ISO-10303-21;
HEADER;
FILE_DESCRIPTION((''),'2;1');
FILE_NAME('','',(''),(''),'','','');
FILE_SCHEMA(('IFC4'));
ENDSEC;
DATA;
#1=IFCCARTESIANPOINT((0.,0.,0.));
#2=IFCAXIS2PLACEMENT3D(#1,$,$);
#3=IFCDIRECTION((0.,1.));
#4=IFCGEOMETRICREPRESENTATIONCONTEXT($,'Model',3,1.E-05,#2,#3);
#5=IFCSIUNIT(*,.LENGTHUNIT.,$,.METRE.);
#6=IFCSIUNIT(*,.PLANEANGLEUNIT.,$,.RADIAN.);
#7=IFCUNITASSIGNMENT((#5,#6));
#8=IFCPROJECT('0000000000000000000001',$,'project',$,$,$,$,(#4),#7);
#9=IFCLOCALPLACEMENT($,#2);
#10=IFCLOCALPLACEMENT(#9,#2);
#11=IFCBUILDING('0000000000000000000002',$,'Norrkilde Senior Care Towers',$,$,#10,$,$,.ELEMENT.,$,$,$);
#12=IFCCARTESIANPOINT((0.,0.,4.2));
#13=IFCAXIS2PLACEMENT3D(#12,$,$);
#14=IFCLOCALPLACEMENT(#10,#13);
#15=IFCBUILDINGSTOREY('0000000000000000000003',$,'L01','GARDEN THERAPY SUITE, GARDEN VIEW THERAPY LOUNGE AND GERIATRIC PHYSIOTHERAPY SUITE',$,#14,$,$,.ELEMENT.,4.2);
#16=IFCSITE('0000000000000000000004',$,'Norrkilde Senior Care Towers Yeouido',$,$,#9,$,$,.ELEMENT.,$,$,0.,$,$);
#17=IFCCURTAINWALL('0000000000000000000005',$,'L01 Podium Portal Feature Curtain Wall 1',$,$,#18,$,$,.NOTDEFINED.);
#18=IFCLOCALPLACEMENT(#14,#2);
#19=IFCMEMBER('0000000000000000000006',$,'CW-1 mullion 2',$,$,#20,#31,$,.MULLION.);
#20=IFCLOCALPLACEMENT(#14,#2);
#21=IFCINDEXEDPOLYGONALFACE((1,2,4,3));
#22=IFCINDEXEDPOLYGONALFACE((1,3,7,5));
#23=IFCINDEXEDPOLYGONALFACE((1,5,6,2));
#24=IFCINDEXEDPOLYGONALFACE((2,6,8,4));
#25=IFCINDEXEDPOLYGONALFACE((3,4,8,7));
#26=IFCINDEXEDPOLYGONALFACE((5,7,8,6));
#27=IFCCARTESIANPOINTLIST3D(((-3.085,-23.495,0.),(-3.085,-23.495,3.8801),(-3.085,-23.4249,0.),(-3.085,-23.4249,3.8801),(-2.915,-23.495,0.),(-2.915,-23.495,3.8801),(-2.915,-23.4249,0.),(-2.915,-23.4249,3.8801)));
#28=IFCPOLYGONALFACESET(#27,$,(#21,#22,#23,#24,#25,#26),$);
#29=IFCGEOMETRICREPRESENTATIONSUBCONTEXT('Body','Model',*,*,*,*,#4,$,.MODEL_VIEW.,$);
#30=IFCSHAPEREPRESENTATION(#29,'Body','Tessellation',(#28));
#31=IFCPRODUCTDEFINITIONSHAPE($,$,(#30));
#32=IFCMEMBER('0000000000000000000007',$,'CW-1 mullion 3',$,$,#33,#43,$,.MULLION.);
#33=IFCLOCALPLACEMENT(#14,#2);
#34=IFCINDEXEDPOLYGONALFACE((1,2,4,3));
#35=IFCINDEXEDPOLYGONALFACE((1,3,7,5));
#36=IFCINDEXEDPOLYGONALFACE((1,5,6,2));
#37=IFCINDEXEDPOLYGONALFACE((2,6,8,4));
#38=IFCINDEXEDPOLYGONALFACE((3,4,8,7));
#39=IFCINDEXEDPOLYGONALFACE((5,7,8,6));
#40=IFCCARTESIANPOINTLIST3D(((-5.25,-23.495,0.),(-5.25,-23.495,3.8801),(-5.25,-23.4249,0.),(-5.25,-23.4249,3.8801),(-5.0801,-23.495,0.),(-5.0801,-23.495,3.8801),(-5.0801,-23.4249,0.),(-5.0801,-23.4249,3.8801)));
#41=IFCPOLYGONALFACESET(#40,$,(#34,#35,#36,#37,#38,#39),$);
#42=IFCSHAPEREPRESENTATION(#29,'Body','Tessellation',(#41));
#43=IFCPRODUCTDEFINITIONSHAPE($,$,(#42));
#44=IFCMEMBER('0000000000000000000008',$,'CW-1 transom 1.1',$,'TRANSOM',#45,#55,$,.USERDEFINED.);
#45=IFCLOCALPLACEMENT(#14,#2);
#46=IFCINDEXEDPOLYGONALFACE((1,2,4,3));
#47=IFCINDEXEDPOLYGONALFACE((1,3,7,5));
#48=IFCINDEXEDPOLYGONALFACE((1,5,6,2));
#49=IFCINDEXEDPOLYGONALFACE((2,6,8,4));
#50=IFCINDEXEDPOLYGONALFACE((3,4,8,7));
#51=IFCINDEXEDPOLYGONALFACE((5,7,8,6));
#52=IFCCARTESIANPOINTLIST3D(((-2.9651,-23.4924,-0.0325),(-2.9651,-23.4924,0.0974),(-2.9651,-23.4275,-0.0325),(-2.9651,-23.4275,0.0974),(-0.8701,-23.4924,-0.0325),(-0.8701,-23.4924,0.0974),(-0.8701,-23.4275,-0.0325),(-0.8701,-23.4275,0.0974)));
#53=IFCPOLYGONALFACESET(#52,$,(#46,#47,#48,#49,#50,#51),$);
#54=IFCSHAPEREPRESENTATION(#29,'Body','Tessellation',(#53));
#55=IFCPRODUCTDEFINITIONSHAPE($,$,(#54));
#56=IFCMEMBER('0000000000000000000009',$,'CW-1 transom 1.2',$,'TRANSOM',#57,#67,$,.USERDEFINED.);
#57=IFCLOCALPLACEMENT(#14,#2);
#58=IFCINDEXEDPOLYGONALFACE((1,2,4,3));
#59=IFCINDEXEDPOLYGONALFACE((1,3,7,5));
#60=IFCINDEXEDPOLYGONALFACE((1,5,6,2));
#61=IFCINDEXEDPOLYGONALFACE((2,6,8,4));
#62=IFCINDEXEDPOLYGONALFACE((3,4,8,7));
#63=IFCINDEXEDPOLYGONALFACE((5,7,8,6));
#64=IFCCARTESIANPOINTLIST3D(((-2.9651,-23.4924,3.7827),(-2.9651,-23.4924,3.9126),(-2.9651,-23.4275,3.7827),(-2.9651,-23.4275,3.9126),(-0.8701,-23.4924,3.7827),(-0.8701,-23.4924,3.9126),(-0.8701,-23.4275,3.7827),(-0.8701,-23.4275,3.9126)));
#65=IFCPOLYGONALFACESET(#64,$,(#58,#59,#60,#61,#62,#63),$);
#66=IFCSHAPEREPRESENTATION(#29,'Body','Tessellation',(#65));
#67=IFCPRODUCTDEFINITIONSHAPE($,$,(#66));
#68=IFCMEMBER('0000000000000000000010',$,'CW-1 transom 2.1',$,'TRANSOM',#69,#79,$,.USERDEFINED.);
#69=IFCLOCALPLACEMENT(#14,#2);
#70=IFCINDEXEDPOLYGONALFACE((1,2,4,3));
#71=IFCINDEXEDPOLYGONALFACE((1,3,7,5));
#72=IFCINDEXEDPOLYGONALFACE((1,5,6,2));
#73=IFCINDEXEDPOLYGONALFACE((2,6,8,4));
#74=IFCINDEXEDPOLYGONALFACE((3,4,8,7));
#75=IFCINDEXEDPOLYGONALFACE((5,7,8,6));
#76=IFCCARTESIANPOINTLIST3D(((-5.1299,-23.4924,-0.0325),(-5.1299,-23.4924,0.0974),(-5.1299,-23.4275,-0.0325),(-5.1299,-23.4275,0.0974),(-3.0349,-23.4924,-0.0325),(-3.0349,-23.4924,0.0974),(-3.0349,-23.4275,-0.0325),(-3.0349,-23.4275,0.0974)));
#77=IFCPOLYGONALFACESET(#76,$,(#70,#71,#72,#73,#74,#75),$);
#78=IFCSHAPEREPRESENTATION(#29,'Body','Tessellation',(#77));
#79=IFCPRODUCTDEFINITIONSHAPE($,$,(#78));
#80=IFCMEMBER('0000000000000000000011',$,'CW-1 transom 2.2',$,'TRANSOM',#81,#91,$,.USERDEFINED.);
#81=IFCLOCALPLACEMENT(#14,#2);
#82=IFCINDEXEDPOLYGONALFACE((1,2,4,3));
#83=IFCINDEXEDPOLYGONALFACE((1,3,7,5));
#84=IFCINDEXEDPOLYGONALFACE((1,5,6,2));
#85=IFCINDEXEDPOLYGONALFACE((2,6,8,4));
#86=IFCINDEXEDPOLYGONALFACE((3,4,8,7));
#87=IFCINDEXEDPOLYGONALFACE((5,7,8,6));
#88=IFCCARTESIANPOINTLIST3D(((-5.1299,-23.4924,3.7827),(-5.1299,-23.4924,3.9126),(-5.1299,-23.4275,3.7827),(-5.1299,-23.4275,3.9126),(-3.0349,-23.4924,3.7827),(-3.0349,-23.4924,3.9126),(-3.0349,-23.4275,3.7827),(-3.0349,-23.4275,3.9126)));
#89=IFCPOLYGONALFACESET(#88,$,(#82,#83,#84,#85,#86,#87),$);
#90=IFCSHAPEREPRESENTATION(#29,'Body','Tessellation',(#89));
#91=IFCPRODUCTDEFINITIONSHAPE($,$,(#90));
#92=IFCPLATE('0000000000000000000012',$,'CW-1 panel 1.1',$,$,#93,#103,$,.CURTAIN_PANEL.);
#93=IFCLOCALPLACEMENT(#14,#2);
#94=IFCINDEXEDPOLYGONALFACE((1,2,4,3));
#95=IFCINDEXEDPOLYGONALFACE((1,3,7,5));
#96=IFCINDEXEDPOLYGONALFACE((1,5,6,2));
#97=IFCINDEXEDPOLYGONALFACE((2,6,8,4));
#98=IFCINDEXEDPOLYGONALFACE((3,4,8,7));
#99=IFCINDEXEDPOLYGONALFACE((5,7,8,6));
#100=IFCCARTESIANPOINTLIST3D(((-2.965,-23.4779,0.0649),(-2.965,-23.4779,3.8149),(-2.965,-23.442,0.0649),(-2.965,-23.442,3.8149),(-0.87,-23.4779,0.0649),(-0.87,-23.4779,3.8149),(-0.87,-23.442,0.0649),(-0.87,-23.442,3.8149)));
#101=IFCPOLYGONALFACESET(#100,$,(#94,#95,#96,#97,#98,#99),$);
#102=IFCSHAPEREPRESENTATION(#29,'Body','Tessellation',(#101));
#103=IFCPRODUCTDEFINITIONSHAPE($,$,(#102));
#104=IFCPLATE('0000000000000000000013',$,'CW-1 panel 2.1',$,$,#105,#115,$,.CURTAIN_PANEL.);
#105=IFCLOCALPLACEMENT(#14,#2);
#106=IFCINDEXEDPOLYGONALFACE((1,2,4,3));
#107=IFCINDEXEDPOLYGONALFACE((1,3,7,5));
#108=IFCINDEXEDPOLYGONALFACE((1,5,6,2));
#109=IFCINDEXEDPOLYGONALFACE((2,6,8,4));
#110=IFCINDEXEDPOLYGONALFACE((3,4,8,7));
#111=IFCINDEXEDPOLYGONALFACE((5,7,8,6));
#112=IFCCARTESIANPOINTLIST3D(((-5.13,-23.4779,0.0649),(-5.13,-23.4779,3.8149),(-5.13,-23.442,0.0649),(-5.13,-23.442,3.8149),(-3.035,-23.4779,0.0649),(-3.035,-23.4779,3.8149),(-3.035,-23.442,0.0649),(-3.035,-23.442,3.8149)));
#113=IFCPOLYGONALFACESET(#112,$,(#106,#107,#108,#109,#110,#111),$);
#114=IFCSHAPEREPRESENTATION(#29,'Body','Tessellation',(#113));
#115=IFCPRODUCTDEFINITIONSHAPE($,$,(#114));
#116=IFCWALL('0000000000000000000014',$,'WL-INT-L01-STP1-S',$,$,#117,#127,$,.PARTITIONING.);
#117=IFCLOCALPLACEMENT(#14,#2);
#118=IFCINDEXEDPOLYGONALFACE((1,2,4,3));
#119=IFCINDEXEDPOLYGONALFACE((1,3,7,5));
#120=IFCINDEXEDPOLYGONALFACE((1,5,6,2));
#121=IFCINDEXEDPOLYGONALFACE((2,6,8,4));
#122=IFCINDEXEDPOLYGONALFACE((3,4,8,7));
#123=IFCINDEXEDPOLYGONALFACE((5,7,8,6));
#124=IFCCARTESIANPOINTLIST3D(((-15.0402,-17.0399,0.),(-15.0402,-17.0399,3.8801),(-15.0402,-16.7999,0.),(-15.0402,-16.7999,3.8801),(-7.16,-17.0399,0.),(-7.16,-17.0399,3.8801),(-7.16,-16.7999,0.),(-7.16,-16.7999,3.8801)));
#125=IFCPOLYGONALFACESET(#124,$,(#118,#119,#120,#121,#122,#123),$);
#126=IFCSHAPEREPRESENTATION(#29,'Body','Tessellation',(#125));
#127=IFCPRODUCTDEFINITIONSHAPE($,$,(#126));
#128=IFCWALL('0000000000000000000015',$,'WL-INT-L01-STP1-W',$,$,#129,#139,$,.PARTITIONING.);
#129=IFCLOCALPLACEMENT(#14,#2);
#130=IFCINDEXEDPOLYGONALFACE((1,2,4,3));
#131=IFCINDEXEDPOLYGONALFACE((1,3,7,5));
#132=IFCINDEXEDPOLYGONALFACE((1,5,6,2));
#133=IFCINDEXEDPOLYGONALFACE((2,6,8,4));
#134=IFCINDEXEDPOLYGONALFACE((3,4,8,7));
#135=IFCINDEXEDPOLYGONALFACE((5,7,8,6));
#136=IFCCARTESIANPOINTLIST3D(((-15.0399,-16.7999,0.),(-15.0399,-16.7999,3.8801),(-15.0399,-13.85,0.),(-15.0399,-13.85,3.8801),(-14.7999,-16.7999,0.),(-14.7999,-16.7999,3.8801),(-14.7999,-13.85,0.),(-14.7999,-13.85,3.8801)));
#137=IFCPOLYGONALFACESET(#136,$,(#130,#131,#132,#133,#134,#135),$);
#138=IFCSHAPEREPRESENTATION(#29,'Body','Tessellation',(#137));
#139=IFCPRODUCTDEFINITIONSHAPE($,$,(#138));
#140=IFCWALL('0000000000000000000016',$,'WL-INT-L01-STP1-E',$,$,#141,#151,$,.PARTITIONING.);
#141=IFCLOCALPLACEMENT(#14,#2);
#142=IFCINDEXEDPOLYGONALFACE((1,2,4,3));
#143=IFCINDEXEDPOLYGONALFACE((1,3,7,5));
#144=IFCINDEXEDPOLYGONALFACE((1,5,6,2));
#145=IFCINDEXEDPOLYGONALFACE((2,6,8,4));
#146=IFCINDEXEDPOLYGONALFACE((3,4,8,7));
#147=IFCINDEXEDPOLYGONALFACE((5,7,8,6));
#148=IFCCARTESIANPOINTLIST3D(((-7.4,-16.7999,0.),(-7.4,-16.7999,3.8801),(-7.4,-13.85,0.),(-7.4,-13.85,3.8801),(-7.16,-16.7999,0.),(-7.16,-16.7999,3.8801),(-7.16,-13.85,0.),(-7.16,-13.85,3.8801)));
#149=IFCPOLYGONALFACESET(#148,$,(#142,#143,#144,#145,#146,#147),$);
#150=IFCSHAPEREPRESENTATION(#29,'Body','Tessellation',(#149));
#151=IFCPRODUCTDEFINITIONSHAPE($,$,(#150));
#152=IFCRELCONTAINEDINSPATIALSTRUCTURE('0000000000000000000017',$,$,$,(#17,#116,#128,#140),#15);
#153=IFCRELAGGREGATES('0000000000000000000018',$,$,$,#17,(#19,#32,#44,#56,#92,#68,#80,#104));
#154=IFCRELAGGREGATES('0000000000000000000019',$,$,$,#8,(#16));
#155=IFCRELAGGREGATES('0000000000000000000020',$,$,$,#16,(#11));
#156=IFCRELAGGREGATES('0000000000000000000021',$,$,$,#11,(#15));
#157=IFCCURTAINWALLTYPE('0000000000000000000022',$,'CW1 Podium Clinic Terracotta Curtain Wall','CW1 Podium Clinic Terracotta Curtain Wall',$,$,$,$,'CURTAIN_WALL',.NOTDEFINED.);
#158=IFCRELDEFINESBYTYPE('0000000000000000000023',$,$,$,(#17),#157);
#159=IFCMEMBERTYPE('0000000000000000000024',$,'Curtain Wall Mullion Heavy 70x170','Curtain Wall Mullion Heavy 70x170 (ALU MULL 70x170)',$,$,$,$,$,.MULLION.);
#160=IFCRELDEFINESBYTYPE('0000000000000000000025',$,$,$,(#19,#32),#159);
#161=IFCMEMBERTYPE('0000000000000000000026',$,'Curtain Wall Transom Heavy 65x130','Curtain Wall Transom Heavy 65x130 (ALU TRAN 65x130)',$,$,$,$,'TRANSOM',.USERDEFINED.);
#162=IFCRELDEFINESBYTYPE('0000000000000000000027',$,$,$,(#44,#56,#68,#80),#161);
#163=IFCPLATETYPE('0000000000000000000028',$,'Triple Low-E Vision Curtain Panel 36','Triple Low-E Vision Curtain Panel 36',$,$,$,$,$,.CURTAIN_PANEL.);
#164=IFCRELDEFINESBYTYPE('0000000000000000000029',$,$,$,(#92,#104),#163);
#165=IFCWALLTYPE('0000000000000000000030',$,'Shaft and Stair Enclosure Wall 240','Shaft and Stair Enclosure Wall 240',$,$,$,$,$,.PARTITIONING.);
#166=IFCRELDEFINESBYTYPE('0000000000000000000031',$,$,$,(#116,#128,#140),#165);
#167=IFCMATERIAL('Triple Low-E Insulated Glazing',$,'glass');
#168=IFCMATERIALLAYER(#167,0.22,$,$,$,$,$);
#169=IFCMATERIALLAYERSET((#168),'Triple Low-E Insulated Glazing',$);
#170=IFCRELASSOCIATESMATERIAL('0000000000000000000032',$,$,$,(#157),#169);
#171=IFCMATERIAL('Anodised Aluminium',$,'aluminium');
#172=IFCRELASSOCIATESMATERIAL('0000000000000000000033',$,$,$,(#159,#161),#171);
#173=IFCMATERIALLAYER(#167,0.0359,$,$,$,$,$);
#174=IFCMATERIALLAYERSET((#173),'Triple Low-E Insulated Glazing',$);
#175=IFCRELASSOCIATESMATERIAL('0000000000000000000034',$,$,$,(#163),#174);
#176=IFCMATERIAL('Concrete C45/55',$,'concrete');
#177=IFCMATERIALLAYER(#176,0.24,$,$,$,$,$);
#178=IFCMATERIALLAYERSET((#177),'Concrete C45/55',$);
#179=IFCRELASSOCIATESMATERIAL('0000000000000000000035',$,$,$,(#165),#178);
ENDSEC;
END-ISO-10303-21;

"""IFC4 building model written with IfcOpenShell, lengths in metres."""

from ifc_helpers import new_model, si_unit, direction, frame, frame_2d, origin, origin_2d, place, context, subcontext, project, spatial, rectangle, extrude, source, transform, mapped, material, layer, layer_set, material_profile, profile_set, type_object, type_shapes, element, aggregate, save


model = new_model("IFC4")

# Units and contexts
model_context = context("Model", 3, precision=1e-05, world=origin(), true_north=direction((0.0, 1.0)))
body_context = subcontext(model_context, "Body", "Model", "MODEL_VIEW")
ifc_project = project(units=[si_unit("LENGTHUNIT", "METRE"), si_unit("PLANEANGLEUNIT", "RADIAN")], contexts=[model_context])

# Site, building, storey
site_placement = place(None, origin())
site = spatial("IfcSite", under=ifc_project, at=site_placement, Name="Norrkilde Senior Care Towers Yeouido", CompositionType="ELEMENT", RefElevation=0.0)
building_placement = place(site_placement, origin())
building = spatial("IfcBuilding", under=site, at=building_placement, Name="Norrkilde Senior Care Towers", CompositionType="ELEMENT")
storey_placement = place(building_placement, frame((0.0, 0.0, 4.2)))
storey = spatial("IfcBuildingStorey", under=building, at=storey_placement, Name="L01", Description="GARDEN THERAPY SUITE, GARDEN VIEW THERAPY LOUNGE AND GERIATRIC PHYSIOTHERAPY SUITE", CompositionType="ELEMENT", Elevation=4.2)

# Curtain wall, members, plates
ifc_material_1 = material(Name="Triple Low-E Insulated Glazing", Category="glass")
ifc_layer_1 = layer(ifc_material_1, 0.22)
ifc_layer_set_1 = layer_set([ifc_layer_1], Name="Triple Low-E Insulated Glazing")
curtain_wall_type = type_object("IfcCurtainWallType", Name="CW1 Podium Clinic Terracotta Curtain Wall", Description="CW1 Podium Clinic Terracotta Curtain Wall", ElementType="CURTAIN_WALL", PredefinedType="NOTDEFINED", material=ifc_layer_set_1)
curtain_wall_placement = place(storey_placement, origin())
curtain_wall = element("IfcCurtainWall", 1, at=curtain_wall_placement, inside=storey, type_object=curtain_wall_type, Name="L01 Podium Portal Feature Curtain Wall 1", PredefinedType="NOTDEFINED")
ifc_material_2 = material(Name="Anodised Aluminium", Category="aluminium")
ifc_material_profile_1 = material_profile(ifc_material_2, rectangle(XDim=0.0701, YDim=0.1699, at=origin_2d()), Name="ALU MULL 70x170")
ifc_profile_set_1 = profile_set([ifc_material_profile_1], Name="Anodised Aluminium")
member_type_1 = type_object("IfcMemberType", Name="Curtain Wall Mullion Heavy 70x170", Description="Curtain Wall Mullion Heavy 70x170 (ALU MULL 70x170)", PredefinedType="MULLION", material=ifc_profile_set_1)
shared_shape_1 = source(origin(), body_context, "Body", "SweptSolid", [
    extrude(rectangle(XDim=0.0701, YDim=0.1699, at=origin_2d()), origin(), (0.0, 0.0, 1.0), 3.8801),
])
type_shapes(member_type_1, [shared_shape_1])
member_1_placement = place(storey_placement, frame((-3.0, -23.46, 0.0), z_axis=(0.0, 0.0, 1.0), x_axis=(0.0, -1.0, 0.0)))
member_1 = element("IfcMember", 2, at=member_1_placement, type_object=member_type_1, Name="CW-1 mullion 2", PredefinedType="MULLION", context=body_context, shape_type="MappedRepresentation", body=[
    mapped(shared_shape_1, transform((0.0, 0.0, 0.0), x_axis=(1.0, 0.0, 0.0), y_axis=(0.0, 1.0, 0.0), z_axis=(0.0, 0.0, 1.0), scale=1.0)),
])
member_2_placement = place(storey_placement, frame((-5.165, -23.46, 0.0), z_axis=(0.0, 0.0, 1.0), x_axis=(0.0, -1.0, 0.0)))
member_2 = element("IfcMember", 3, at=member_2_placement, type_object=member_type_1, Name="CW-1 mullion 3", PredefinedType="MULLION", context=body_context, shape_type="MappedRepresentation", body=[
    mapped(shared_shape_1, transform((0.0, 0.0, 0.0), x_axis=(1.0, 0.0, 0.0), y_axis=(0.0, 1.0, 0.0), z_axis=(0.0, 0.0, 1.0), scale=1.0)),
])
ifc_material_profile_2 = material_profile(ifc_material_2, rectangle(XDim=0.0649, YDim=0.1299, at=origin_2d()), Name="ALU TRAN 65x130")
ifc_profile_set_2 = profile_set([ifc_material_profile_2], Name="Anodised Aluminium")
member_type_2 = type_object("IfcMemberType", Name="Curtain Wall Transom Heavy 65x130", Description="Curtain Wall Transom Heavy 65x130 (ALU TRAN 65x130)", ElementType="TRANSOM", PredefinedType="USERDEFINED", material=ifc_profile_set_2)
shared_shape_2 = source(origin(), body_context, "Body", "SweptSolid", [
    extrude(rectangle(XDim=0.0649, YDim=0.1299, at=origin_2d()), origin(), (0.0, 0.0, 1.0), 2.095),
])
type_shapes(member_type_2, [shared_shape_2])
member_3_placement = place(storey_placement, frame((-0.8701, -23.46, 0.0325), z_axis=(-1.0, 0.0, 0.0), x_axis=(0.0, -1.0, 0.0)))
member_3 = element("IfcMember", 4, at=member_3_placement, type_object=member_type_2, Name="CW-1 transom 1.1", ObjectType="TRANSOM", PredefinedType="USERDEFINED", context=body_context, shape_type="MappedRepresentation", body=[
    mapped(shared_shape_2, transform((0.0, 0.0, 0.0), x_axis=(1.0, 0.0, 0.0), y_axis=(0.0, 1.0, 0.0), z_axis=(0.0, 0.0, 1.0), scale=1.0)),
])
member_4_placement = place(storey_placement, frame((-0.8701, -23.46, 3.8477), z_axis=(-1.0, 0.0, 0.0), x_axis=(0.0, -1.0, 0.0)))
member_4 = element("IfcMember", 5, at=member_4_placement, type_object=member_type_2, Name="CW-1 transom 1.2", ObjectType="TRANSOM", PredefinedType="USERDEFINED", context=body_context, shape_type="MappedRepresentation", body=[
    mapped(shared_shape_2, transform((0.0, 0.0, 0.0), x_axis=(1.0, 0.0, 0.0), y_axis=(0.0, 1.0, 0.0), z_axis=(0.0, 0.0, 1.0), scale=1.0)),
])
member_5_placement = place(storey_placement, frame((-3.0349, -23.46, 0.0325), z_axis=(-1.0, 0.0, 0.0), x_axis=(0.0, -1.0, 0.0)))
member_5 = element("IfcMember", 6, at=member_5_placement, type_object=member_type_2, Name="CW-1 transom 2.1", ObjectType="TRANSOM", PredefinedType="USERDEFINED", context=body_context, shape_type="MappedRepresentation", body=[
    mapped(shared_shape_2, transform((0.0, 0.0, 0.0), x_axis=(1.0, 0.0, 0.0), y_axis=(0.0, 1.0, 0.0), z_axis=(0.0, 0.0, 1.0), scale=1.0)),
])
member_6_placement = place(storey_placement, frame((-3.0349, -23.46, 3.8477), z_axis=(-1.0, 0.0, 0.0), x_axis=(0.0, -1.0, 0.0)))
member_6 = element("IfcMember", 7, at=member_6_placement, type_object=member_type_2, Name="CW-1 transom 2.2", ObjectType="TRANSOM", PredefinedType="USERDEFINED", context=body_context, shape_type="MappedRepresentation", body=[
    mapped(shared_shape_2, transform((0.0, 0.0, 0.0), x_axis=(1.0, 0.0, 0.0), y_axis=(0.0, 1.0, 0.0), z_axis=(0.0, 0.0, 1.0), scale=1.0)),
])
ifc_layer_2 = layer(ifc_material_1, 0.0359)
ifc_layer_set_2 = layer_set([ifc_layer_2], Name="Triple Low-E Insulated Glazing")
plate_type = type_object("IfcPlateType", Name="Triple Low-E Vision Curtain Panel 36", Description="Triple Low-E Vision Curtain Panel 36", PredefinedType="CURTAIN_PANEL", material=ifc_layer_set_2)
shared_shape_3 = source(origin(), body_context, "Body", "SweptSolid", [
    extrude(rectangle(XDim=2.095, YDim=0.0359, at=origin_2d()), origin(), (0.0, 0.0, 1.0), 3.75),
])
type_shapes(plate_type, [shared_shape_3])
plate_1_placement = place(storey_placement, frame((-1.9175, -23.46, 0.0649), z_axis=(0.0, 0.0, 1.0), x_axis=(-1.0, 0.0, 0.0)))
plate_1 = element("IfcPlate", 8, at=plate_1_placement, type_object=plate_type, Name="CW-1 panel 1.1", PredefinedType="CURTAIN_PANEL", context=body_context, shape_type="MappedRepresentation", body=[
    mapped(shared_shape_3, transform((0.0, 0.0, 0.0), x_axis=(1.0, 0.0, 0.0), y_axis=(0.0, 1.0, 0.0), z_axis=(0.0, 0.0, 1.0), scale=1.0)),
])
plate_2_placement = place(storey_placement, frame((-4.0825, -23.46, 0.0649), z_axis=(0.0, 0.0, 1.0), x_axis=(-1.0, 0.0, 0.0)))
plate_2 = element("IfcPlate", 9, at=plate_2_placement, type_object=plate_type, Name="CW-1 panel 2.1", PredefinedType="CURTAIN_PANEL", context=body_context, shape_type="MappedRepresentation", body=[
    mapped(shared_shape_3, transform((0.0, 0.0, 0.0), x_axis=(1.0, 0.0, 0.0), y_axis=(0.0, 1.0, 0.0), z_axis=(0.0, 0.0, 1.0), scale=1.0)),
])
aggregate(curtain_wall, [member_1, member_2, member_3, member_4, plate_1, member_5, member_6, plate_2])

# Walls
ifc_material_3 = material(Name="Concrete C45/55", Category="concrete")
ifc_layer_3 = layer(ifc_material_3, 0.24)
ifc_layer_set_3 = layer_set([ifc_layer_3], Name="Concrete C45/55")
wall_type = type_object("IfcWallType", Name="Shaft and Stair Enclosure Wall 240", Description="Shaft and Stair Enclosure Wall 240", PredefinedType="PARTITIONING", material=ifc_layer_set_3)
shared_shape_4 = source(origin(), body_context, "Body", "SweptSolid", [
    extrude(rectangle(XDim=7.8801, YDim=0.24, at=frame_2d((3.9399, 0.0))), origin(), (0.0, 0.0, 1.0), 3.8801),
])
wall_placement = place(storey_placement, frame((-15.04, -16.9199, 0.0), z_axis=(0.0, 0.0, 1.0), x_axis=(1.0, 0.0, 0.0)))
element("IfcWall", 10, at=wall_placement, inside=storey, type_object=wall_type, Name="WL-INT-L01-STP1-S", PredefinedType="PARTITIONING", context=body_context, shape_type="MappedRepresentation", body=[
    mapped(shared_shape_4, transform((0.0, 0.0, 0.0), x_axis=(1.0, 0.0, 0.0), y_axis=(0.0, 1.0, 0.0), z_axis=(0.0, 0.0, 1.0), scale=1.0)),
])
shared_shape_5 = source(origin(), body_context, "Body", "SweptSolid", [
    extrude(rectangle(XDim=2.95, YDim=0.24, at=frame_2d((1.4751, 0.0))), origin(), (0.0, 0.0, 1.0), 3.8801),
])
type_shapes(wall_type, [shared_shape_4, shared_shape_5])
for number, where, z_axis, x_axis, name in (
    (11, (-14.9199, -16.8, 0.0), (0.0, 0.0, 1.0), (0.0, 1.0, 0.0), "WL-INT-L01-STP1-W"),
    (12, (-7.28, -16.8, 0.0), (0.0, 0.0, 1.0), (0.0, 1.0, 0.0), "WL-INT-L01-STP1-E"),
):
    element("IfcWall", number, at=place(storey_placement, frame(where, z_axis=z_axis, x_axis=x_axis)), inside=storey, type_object=wall_type, Name=name, PredefinedType="PARTITIONING", context=body_context, shape_type="MappedRepresentation", body=[
        mapped(shared_shape_5, transform((0.0, 0.0, 0.0), x_axis=(1.0, 0.0, 0.0), y_axis=(0.0, 1.0, 0.0), z_axis=(0.0, 0.0, 1.0), scale=1.0)),
    ])

save(model, "model.ifc")
